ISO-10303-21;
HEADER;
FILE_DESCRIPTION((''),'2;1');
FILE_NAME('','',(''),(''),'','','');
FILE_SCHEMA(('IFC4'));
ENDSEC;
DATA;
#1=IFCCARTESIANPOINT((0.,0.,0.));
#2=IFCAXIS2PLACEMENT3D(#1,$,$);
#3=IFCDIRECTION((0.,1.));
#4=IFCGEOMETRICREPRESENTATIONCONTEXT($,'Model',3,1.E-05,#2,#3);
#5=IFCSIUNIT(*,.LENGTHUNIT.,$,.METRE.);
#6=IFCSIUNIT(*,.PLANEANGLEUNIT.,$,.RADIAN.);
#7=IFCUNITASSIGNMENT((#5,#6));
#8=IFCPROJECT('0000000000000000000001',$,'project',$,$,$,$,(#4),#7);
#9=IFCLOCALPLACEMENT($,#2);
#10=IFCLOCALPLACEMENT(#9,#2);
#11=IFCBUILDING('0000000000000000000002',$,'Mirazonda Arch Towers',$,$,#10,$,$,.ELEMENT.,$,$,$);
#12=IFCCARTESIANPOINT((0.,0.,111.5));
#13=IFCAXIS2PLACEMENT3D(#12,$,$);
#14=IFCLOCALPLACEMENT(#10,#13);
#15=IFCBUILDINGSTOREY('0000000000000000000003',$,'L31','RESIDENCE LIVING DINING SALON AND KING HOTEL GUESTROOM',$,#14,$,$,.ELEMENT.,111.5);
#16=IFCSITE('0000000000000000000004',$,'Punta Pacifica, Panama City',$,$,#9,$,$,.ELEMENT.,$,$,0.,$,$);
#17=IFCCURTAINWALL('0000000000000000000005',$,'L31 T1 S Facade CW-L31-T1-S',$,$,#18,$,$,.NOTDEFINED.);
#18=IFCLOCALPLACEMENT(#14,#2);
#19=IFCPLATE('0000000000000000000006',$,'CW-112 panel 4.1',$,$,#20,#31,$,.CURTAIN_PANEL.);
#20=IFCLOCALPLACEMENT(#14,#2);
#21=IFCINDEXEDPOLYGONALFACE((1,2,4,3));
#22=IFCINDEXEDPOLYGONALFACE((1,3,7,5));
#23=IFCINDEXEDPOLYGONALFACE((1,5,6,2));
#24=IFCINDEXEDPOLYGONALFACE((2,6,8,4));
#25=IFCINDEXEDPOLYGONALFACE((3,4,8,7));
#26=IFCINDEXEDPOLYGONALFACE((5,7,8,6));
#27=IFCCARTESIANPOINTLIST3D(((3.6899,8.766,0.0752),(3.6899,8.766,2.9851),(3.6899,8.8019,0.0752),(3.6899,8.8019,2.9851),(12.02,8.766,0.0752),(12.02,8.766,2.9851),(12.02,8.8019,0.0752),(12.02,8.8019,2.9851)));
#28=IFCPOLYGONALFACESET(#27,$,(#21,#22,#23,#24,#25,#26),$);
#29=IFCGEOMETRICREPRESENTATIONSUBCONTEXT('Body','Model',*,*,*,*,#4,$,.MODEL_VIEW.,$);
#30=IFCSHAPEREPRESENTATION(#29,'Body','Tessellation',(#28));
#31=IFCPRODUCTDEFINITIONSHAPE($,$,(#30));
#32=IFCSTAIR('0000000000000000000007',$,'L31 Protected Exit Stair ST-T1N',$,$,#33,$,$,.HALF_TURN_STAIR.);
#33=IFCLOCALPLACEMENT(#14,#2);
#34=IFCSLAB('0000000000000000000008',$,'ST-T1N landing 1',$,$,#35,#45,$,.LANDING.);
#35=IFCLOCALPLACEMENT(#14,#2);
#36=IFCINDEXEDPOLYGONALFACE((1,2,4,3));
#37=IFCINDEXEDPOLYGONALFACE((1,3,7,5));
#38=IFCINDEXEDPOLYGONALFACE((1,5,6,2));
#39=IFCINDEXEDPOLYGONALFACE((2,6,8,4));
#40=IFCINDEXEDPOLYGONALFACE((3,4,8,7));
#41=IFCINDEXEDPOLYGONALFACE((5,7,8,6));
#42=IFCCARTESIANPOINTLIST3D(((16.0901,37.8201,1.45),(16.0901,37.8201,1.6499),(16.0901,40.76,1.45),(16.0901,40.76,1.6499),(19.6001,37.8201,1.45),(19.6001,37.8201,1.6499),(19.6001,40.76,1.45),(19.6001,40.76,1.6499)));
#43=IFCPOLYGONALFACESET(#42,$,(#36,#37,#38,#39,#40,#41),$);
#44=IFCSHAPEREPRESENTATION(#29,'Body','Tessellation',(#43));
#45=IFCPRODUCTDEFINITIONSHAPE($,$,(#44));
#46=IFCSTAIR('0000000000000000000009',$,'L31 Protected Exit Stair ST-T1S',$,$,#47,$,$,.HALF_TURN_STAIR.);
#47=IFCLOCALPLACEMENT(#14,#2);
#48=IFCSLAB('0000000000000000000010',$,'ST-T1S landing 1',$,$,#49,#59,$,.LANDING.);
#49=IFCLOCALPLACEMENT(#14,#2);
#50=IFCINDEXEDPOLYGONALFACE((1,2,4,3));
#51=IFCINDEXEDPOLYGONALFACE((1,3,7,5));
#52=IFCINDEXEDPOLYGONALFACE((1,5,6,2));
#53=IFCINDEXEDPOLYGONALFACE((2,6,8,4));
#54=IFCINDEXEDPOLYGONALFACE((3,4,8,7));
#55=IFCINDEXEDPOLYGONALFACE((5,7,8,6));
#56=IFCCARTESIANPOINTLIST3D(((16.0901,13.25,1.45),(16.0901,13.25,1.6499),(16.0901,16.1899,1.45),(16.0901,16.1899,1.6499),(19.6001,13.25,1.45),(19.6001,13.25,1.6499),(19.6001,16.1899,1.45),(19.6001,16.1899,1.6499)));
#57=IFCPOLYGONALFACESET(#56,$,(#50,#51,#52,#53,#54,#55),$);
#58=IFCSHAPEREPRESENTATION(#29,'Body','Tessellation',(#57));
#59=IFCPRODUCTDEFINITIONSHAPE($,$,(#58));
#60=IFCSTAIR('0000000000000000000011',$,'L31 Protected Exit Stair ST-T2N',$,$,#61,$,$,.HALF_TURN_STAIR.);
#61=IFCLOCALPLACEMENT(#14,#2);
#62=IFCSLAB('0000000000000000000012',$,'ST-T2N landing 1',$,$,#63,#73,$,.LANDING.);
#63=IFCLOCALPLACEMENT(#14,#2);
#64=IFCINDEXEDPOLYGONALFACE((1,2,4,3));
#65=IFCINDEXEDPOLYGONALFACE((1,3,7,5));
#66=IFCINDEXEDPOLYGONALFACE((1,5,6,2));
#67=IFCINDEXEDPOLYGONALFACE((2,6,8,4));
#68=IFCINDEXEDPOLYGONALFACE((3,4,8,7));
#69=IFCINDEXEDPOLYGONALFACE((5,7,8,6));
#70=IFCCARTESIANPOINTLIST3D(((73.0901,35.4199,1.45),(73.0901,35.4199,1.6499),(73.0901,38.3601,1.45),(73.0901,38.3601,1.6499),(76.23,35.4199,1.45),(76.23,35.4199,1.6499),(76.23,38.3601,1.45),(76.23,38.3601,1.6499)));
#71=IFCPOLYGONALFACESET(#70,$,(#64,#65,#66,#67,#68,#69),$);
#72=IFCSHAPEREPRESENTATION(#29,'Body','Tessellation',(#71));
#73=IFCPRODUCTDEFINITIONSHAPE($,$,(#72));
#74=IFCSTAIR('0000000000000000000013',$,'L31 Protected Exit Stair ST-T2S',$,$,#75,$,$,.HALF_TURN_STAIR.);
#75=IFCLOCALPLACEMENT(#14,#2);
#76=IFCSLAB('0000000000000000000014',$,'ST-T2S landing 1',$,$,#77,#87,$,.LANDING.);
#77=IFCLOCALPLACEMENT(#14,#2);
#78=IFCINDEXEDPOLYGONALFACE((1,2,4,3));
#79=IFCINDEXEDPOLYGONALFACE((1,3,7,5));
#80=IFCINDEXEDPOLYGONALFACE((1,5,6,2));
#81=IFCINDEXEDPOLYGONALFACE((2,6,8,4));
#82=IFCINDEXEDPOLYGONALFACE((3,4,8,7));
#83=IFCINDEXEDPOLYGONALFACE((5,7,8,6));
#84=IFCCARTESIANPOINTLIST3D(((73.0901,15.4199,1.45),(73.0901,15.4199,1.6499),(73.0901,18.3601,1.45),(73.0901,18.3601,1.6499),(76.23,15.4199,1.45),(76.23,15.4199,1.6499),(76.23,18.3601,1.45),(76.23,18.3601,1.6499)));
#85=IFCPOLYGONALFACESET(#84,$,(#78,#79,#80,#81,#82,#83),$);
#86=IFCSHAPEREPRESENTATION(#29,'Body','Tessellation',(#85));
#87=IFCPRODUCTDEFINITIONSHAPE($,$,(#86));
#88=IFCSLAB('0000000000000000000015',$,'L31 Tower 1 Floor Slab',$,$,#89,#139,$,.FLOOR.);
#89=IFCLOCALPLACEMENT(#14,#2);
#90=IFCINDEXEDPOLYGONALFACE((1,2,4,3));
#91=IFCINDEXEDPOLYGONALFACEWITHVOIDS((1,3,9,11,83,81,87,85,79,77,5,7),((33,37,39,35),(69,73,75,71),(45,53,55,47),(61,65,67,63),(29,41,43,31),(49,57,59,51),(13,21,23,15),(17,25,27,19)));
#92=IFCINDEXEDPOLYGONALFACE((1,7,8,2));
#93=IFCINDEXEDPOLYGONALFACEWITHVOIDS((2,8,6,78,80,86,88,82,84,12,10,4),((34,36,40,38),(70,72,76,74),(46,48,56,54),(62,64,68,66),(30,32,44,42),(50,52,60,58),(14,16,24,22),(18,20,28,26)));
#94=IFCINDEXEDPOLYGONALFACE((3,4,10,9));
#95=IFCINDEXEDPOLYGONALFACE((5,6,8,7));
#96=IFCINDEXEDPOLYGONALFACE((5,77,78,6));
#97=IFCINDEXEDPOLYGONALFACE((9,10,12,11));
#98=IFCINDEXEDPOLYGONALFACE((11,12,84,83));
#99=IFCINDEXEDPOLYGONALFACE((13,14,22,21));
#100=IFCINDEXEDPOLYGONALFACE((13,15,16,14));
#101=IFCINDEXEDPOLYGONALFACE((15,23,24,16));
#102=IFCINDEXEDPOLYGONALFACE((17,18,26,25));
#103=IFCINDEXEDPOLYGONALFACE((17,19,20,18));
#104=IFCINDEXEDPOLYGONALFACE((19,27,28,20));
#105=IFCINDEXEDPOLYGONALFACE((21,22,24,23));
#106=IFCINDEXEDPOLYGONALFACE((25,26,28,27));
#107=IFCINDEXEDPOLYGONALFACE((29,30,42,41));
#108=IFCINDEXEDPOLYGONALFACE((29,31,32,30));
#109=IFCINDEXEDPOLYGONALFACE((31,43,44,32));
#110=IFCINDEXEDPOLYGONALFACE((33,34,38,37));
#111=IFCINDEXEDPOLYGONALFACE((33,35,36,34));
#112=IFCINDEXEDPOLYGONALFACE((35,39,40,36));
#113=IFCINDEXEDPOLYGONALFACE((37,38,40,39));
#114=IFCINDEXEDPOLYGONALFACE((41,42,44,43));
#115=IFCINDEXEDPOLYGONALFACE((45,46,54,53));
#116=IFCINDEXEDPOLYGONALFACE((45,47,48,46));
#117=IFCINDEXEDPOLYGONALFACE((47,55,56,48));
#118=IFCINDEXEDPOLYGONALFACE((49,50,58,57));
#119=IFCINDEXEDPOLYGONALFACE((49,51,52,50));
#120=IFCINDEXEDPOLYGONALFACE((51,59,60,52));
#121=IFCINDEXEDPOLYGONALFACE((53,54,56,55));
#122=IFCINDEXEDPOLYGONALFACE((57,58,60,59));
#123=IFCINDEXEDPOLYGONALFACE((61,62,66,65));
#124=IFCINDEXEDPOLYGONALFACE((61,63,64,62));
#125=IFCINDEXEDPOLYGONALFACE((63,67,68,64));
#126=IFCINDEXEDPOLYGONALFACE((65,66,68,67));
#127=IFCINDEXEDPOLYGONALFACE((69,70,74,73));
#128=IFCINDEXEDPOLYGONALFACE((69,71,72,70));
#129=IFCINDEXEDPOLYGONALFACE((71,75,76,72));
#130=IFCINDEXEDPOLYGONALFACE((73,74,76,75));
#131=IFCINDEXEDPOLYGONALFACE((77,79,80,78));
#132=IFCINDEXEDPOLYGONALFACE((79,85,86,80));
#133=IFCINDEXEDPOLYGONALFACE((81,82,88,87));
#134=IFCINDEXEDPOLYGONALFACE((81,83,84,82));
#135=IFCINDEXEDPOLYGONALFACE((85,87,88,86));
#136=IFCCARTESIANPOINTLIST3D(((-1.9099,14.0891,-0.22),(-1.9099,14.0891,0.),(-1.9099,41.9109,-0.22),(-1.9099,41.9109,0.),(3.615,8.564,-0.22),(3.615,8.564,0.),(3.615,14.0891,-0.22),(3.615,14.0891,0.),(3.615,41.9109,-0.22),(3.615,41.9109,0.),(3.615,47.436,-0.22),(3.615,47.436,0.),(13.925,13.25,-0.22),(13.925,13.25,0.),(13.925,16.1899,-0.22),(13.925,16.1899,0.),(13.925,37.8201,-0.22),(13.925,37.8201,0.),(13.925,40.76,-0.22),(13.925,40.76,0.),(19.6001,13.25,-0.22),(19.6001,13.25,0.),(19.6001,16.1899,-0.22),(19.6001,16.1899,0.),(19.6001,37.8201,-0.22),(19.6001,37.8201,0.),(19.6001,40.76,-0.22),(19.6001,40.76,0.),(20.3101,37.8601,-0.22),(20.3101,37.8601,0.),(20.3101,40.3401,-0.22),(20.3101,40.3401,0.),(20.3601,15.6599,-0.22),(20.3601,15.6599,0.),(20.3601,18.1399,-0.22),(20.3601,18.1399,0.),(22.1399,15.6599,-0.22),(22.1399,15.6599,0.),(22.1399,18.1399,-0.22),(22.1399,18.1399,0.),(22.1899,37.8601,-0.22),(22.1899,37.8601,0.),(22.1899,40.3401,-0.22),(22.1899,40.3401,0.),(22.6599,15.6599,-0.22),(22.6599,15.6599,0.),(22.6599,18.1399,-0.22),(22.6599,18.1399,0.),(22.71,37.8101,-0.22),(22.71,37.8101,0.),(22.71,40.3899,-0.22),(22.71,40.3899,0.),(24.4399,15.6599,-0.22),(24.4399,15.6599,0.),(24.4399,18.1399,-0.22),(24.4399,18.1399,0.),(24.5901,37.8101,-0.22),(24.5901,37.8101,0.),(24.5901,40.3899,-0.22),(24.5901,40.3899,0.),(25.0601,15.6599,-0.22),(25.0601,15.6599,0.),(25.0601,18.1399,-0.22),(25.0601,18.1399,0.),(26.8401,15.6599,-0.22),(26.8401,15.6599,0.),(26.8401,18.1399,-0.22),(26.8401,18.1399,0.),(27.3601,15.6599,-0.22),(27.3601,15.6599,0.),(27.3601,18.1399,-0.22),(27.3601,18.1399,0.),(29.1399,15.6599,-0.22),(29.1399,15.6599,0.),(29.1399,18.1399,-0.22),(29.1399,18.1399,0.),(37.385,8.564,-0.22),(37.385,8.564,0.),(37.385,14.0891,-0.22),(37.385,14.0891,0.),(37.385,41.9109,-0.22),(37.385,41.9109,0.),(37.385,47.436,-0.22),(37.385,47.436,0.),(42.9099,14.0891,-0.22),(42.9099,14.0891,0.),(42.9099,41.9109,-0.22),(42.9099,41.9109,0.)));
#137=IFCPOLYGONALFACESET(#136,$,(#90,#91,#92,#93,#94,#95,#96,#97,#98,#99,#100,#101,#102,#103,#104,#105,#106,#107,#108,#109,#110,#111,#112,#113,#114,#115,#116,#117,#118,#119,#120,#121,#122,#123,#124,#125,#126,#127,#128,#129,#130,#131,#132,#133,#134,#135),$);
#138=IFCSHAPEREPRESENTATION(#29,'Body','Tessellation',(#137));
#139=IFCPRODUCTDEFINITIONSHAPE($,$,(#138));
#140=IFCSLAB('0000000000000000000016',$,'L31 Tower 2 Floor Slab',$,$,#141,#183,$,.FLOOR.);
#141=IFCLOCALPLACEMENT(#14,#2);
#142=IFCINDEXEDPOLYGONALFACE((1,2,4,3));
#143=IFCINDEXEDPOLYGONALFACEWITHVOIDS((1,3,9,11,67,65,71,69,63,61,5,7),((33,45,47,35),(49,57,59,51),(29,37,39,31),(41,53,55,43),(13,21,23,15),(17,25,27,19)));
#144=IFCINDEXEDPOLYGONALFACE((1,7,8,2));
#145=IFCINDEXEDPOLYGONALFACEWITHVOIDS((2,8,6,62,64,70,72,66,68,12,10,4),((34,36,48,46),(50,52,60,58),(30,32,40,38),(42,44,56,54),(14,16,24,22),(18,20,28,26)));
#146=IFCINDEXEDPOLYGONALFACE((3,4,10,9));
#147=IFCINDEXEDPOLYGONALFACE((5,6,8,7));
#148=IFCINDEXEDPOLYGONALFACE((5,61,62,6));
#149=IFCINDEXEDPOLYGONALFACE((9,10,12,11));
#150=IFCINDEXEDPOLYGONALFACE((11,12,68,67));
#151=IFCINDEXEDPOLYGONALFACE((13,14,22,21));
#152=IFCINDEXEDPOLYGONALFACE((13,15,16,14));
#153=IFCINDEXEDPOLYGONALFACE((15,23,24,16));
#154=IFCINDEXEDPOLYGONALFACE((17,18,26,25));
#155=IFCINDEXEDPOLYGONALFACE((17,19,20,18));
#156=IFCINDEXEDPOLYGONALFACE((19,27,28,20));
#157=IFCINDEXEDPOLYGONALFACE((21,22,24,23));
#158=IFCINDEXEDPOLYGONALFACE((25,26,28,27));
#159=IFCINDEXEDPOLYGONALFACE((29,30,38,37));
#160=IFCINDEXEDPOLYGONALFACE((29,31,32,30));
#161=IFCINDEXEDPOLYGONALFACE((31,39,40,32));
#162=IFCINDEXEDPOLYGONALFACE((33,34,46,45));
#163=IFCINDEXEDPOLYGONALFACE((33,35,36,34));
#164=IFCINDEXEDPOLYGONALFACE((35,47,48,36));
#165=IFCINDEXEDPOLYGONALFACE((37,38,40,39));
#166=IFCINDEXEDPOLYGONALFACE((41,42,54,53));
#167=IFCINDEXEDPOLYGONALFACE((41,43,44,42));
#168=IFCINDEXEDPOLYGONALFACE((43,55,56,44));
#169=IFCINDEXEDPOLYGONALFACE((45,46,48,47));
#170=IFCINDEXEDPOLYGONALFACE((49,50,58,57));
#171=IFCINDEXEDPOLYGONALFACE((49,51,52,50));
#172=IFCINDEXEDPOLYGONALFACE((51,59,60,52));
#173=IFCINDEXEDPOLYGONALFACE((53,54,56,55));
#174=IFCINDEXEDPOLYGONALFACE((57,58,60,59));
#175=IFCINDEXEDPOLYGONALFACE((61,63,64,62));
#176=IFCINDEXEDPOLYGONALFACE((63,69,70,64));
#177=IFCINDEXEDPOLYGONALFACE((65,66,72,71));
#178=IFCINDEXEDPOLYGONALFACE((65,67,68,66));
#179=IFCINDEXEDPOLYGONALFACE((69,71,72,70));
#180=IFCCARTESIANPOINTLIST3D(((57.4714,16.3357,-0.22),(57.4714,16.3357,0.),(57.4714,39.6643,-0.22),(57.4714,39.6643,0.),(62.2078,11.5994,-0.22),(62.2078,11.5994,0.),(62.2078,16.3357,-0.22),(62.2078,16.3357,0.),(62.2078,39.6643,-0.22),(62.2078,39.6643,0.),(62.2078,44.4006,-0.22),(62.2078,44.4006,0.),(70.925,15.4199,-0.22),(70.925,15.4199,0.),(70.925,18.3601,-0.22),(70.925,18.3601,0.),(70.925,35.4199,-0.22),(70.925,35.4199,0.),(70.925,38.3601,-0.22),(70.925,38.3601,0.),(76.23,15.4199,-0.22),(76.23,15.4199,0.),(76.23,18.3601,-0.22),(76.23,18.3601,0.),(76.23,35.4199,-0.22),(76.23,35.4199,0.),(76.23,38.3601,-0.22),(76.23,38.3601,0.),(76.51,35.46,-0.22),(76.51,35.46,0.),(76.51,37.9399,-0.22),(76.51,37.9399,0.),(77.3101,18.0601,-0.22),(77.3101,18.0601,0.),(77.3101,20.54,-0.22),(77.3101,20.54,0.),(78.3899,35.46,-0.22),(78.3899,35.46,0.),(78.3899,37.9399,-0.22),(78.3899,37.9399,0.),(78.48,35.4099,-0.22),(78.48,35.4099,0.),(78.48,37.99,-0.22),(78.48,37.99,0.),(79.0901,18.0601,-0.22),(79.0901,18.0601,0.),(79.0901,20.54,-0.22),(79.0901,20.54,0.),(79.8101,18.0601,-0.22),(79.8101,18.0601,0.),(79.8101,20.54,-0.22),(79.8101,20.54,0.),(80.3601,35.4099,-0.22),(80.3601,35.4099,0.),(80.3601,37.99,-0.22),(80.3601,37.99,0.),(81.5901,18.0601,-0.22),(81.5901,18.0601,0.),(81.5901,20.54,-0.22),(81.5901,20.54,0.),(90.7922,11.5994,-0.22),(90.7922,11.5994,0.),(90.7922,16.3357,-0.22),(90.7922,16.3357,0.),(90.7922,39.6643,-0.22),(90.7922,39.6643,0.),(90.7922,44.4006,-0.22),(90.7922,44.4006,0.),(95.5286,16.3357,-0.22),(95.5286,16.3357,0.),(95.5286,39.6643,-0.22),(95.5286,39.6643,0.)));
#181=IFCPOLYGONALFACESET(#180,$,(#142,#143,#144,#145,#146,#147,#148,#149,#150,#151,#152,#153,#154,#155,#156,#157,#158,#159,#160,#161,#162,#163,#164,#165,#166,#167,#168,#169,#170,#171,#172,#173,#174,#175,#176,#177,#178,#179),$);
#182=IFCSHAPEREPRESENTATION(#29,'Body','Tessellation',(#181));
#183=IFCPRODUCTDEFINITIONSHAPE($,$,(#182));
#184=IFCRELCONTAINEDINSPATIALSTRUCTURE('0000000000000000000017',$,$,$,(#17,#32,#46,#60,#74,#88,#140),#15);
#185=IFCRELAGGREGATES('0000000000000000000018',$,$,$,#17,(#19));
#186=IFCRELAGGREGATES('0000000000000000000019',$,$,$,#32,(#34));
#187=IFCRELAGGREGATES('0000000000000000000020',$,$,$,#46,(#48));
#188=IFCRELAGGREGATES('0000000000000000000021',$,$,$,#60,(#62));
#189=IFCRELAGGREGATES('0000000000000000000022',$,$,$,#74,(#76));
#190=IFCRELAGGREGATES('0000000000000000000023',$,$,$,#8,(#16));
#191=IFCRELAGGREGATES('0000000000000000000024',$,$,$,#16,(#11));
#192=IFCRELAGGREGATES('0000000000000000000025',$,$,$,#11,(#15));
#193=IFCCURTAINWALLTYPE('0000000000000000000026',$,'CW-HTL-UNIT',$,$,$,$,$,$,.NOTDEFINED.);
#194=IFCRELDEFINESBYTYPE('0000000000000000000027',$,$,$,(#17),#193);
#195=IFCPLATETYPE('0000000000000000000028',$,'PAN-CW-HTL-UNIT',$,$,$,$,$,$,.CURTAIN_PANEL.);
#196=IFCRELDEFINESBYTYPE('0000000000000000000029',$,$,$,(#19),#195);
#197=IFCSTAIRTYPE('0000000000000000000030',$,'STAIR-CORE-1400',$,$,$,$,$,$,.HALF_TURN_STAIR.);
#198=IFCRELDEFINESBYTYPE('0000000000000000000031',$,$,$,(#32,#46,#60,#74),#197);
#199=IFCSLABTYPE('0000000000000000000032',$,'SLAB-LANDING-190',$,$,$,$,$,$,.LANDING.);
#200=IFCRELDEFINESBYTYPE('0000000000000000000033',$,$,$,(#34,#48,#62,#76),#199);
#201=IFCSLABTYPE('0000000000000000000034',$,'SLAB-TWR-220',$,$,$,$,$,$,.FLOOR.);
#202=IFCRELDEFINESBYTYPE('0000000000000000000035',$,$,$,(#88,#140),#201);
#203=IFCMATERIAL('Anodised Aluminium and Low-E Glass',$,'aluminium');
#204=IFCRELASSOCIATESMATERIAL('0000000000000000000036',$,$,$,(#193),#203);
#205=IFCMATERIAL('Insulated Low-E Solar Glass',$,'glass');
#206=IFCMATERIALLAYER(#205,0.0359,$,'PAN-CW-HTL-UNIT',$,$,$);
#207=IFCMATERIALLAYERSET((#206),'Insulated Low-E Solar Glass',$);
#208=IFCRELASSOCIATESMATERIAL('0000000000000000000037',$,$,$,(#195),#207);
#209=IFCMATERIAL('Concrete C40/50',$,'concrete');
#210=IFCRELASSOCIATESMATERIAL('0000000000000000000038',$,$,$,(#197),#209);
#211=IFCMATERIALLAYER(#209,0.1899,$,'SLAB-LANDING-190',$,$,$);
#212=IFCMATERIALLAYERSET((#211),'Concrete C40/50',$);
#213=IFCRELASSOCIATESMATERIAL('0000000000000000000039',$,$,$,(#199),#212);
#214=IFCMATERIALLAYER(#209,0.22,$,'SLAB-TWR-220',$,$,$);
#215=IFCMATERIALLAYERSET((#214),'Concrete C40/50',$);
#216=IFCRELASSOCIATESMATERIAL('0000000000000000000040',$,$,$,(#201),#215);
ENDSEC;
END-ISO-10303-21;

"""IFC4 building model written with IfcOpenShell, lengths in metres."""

from ifc_helpers import new_model, si_unit, direction, frame, origin, origin_2d, place, context, subcontext, project, spatial, polyline, rectangle, outline, extrude, material, layer, layer_set, type_object, element, aggregate, save


model = new_model("IFC4")

# Units and contexts
model_context = context("Model", 3, precision=1e-05, world=origin(), true_north=direction((0.0, 1.0)))
body_context = subcontext(model_context, "Body", "Model", "MODEL_VIEW")
ifc_project = project(units=[si_unit("LENGTHUNIT", "METRE"), si_unit("PLANEANGLEUNIT", "RADIAN")], contexts=[model_context])

# Site, building, storey
site_placement = place(None, origin())
site = spatial("IfcSite", under=ifc_project, at=site_placement, Name="Punta Pacifica, Panama City", CompositionType="ELEMENT", RefElevation=0.0)
building_placement = place(site_placement, origin())
building = spatial("IfcBuilding", under=site, at=building_placement, Name="Mirazonda Arch Towers", CompositionType="ELEMENT")
storey_placement = place(building_placement, frame((0.0, 0.0, 111.5)))
storey = spatial("IfcBuildingStorey", under=building, at=storey_placement, Name="L31", Description="RESIDENCE LIVING DINING SALON AND KING HOTEL GUESTROOM", CompositionType="ELEMENT", Elevation=111.5)

# Curtain wall
ifc_material_1 = material(Name="Anodised Aluminium and Low-E Glass", Category="aluminium")
curtain_wall_type = type_object("IfcCurtainWallType", Name="CW-HTL-UNIT", PredefinedType="NOTDEFINED", material=ifc_material_1)
curtain_wall_1_placement = place(storey_placement, origin())
curtain_wall_1 = element("IfcCurtainWall", 1, at=curtain_wall_1_placement, inside=storey, type_object=curtain_wall_type, Name="L31 T1 S Facade CW-L31-T1-S", PredefinedType="NOTDEFINED")

# Plate
ifc_material_2 = material(Name="Insulated Low-E Solar Glass", Category="glass")
ifc_layer_1 = layer(ifc_material_2, 0.0359, Name="PAN-CW-HTL-UNIT")
ifc_layer_set_1 = layer_set([ifc_layer_1], Name="Insulated Low-E Solar Glass")
plate_type = type_object("IfcPlateType", Name="PAN-CW-HTL-UNIT", PredefinedType="CURTAIN_PANEL", material=ifc_layer_set_1)
plate_placement = place(storey_placement, frame((7.855, 8.7839, 0.0752), z_axis=(0.0, 0.0, 1.0), x_axis=(-1.0, 0.0, 0.0)))
plate = element("IfcPlate", 2, at=plate_placement, type_object=plate_type, Name="CW-112 panel 4.1", PredefinedType="CURTAIN_PANEL", context=body_context, shape_type="SweptSolid", body=[
    extrude(rectangle(XDim=8.3301, YDim=0.0359, at=origin_2d()), origin(), (0.0, 0.0, 1.0), 2.9099),
])
aggregate(curtain_wall_1, [plate])

# Stairs, slabs
ifc_material_3 = material(Name="Concrete C40/50", Category="concrete")
stair_type = type_object("IfcStairType", Name="STAIR-CORE-1400", PredefinedType="HALF_TURN_STAIR", material=ifc_material_3)
stair_1_placement = place(storey_placement, origin())
stair_1 = element("IfcStair", 3, at=stair_1_placement, inside=storey, type_object=stair_type, Name="L31 Protected Exit Stair ST-T1N", PredefinedType="HALF_TURN_STAIR")
ifc_layer_2 = layer(ifc_material_3, 0.1899, Name="SLAB-LANDING-190")
ifc_layer_set_2 = layer_set([ifc_layer_2], Name="Concrete C40/50")
slab_type_1 = type_object("IfcSlabType", Name="SLAB-LANDING-190", PredefinedType="LANDING", material=ifc_layer_set_2)
slab_1_placement = place(storey_placement, frame((0.0, 0.0, 1.45)))
slab_1 = element("IfcSlab", 4, at=slab_1_placement, type_object=slab_type_1, Name="ST-T1N landing 1", PredefinedType="LANDING", context=body_context, shape_type="SweptSolid", body=[
    extrude(outline(polyline([(16.0901, 37.8201), (19.6001, 37.8201), (19.6001, 40.76), (16.0901, 40.76), (16.0901, 37.8201)])), origin(), (0.0, 0.0, 1.0), 0.2),
])
aggregate(stair_1, [slab_1])
stair_2_placement = place(storey_placement, origin())
stair_2 = element("IfcStair", 5, at=stair_2_placement, inside=storey, type_object=stair_type, Name="L31 Protected Exit Stair ST-T1S", PredefinedType="HALF_TURN_STAIR")
slab_2_placement = place(storey_placement, frame((0.0, 0.0, 1.45)))
slab_2 = element("IfcSlab", 6, at=slab_2_placement, type_object=slab_type_1, Name="ST-T1S landing 1", PredefinedType="LANDING", context=body_context, shape_type="SweptSolid", body=[
    extrude(outline(polyline([(16.0901, 13.25), (19.6001, 13.25), (19.6001, 16.1899), (16.0901, 16.1899), (16.0901, 13.25)])), origin(), (0.0, 0.0, 1.0), 0.2),
])
aggregate(stair_2, [slab_2])
stair_3_placement = place(storey_placement, origin())
stair_3 = element("IfcStair", 7, at=stair_3_placement, inside=storey, type_object=stair_type, Name="L31 Protected Exit Stair ST-T2N", PredefinedType="HALF_TURN_STAIR")
slab_3_placement = place(storey_placement, frame((0.0, 0.0, 1.45)))
slab_3 = element("IfcSlab", 8, at=slab_3_placement, type_object=slab_type_1, Name="ST-T2N landing 1", PredefinedType="LANDING", context=body_context, shape_type="SweptSolid", body=[
    extrude(outline(polyline([(73.0901, 35.4199), (76.23, 35.4199), (76.23, 38.3601), (73.0901, 38.3601), (73.0901, 35.4199)])), origin(), (0.0, 0.0, 1.0), 0.2),
])
aggregate(stair_3, [slab_3])
stair_4_placement = place(storey_placement, origin())
stair_4 = element("IfcStair", 9, at=stair_4_placement, inside=storey, type_object=stair_type, Name="L31 Protected Exit Stair ST-T2S", PredefinedType="HALF_TURN_STAIR")
slab_4_placement = place(storey_placement, frame((0.0, 0.0, 1.45)))
slab_4 = element("IfcSlab", 10, at=slab_4_placement, type_object=slab_type_1, Name="ST-T2S landing 1", PredefinedType="LANDING", context=body_context, shape_type="SweptSolid", body=[
    extrude(outline(polyline([(73.0901, 15.4199), (76.23, 15.4199), (76.23, 18.3601), (73.0901, 18.3601), (73.0901, 15.4199)])), origin(), (0.0, 0.0, 1.0), 0.2),
])
aggregate(stair_4, [slab_4])

# Slabs
ifc_layer_3 = layer(ifc_material_3, 0.22, Name="SLAB-TWR-220")
ifc_layer_set_3 = layer_set([ifc_layer_3], Name="Concrete C40/50")
slab_type_2 = type_object("IfcSlabType", Name="SLAB-TWR-220", PredefinedType="FLOOR", material=ifc_layer_set_3)
slab_5_placement = place(storey_placement, frame((0.0, 0.0, -0.22)))
element("IfcSlab", 11, at=slab_5_placement, inside=storey, type_object=slab_type_2, Name="L31 Tower 1 Floor Slab", PredefinedType="FLOOR", context=body_context, shape_type="SweptSolid", body=[
    extrude(outline(polyline([(3.615, 8.564), (37.385, 8.564), (37.385, 14.0891), (42.9099, 14.0891), (42.9099, 41.9109), (37.385, 41.9109), (37.385, 47.436), (3.615, 47.436), (3.615, 41.9109), (-1.9099, 41.9109), (-1.9099, 14.0891), (3.615, 14.0891), (3.615, 8.564)]), holes=[polyline([(27.3601, 18.1399), (29.1399, 18.1399), (29.1399, 15.6599), (27.3601, 15.6599), (27.3601, 18.1399)]), polyline([(25.0601, 18.1399), (26.8401, 18.1399), (26.8401, 15.6599), (25.0601, 15.6599), (25.0601, 18.1399)]), polyline([(22.71, 40.3899), (24.5901, 40.3899), (24.5901, 37.8101), (22.71, 37.8101), (22.71, 40.3899)]), polyline([(22.6599, 18.1399), (24.4399, 18.1399), (24.4399, 15.6599), (22.6599, 15.6599), (22.6599, 18.1399)]), polyline([(20.3101, 40.3401), (22.1899, 40.3401), (22.1899, 37.8601), (20.3101, 37.8601), (20.3101, 40.3401)]), polyline([(20.3601, 18.1399), (22.1399, 18.1399), (22.1399, 15.6599), (20.3601, 15.6599), (20.3601, 18.1399)]), polyline([(13.925, 13.25), (13.925, 16.1899), (19.6001, 16.1899), (19.6001, 13.25), (13.925, 13.25)]), polyline([(13.925, 37.8201), (13.925, 40.76), (19.6001, 40.76), (19.6001, 37.8201), (13.925, 37.8201)])]), origin(), (0.0, 0.0, 1.0), 0.22),
])
slab_6_placement = place(storey_placement, frame((0.0, 0.0, -0.22)))
element("IfcSlab", 12, at=slab_6_placement, inside=storey, type_object=slab_type_2, Name="L31 Tower 2 Floor Slab", PredefinedType="FLOOR", context=body_context, shape_type="SweptSolid", body=[
    extrude(outline(polyline([(62.2078, 11.5994), (90.7922, 11.5994), (90.7922, 16.3357), (95.5286, 16.3357), (95.5286, 39.6643), (90.7922, 39.6643), (90.7922, 44.4006), (62.2078, 44.4006), (62.2078, 39.6643), (57.4714, 39.6643), (57.4714, 16.3357), (62.2078, 16.3357), (62.2078, 11.5994)]), holes=[polyline([(79.8101, 20.54), (81.5901, 20.54), (81.5901, 18.0601), (79.8101, 18.0601), (79.8101, 20.54)]), polyline([(78.48, 37.99), (80.3601, 37.99), (80.3601, 35.4099), (78.48, 35.4099), (78.48, 37.99)]), polyline([(77.3101, 20.54), (79.0901, 20.54), (79.0901, 18.0601), (77.3101, 18.0601), (77.3101, 20.54)]), polyline([(76.51, 35.46), (76.51, 37.9399), (78.3899, 37.9399), (78.3899, 35.46), (76.51, 35.46)]), polyline([(76.23, 15.4199), (70.925, 15.4199), (70.925, 18.3601), (76.23, 18.3601), (76.23, 15.4199)]), polyline([(70.925, 35.4199), (70.925, 38.3601), (76.23, 38.3601), (76.23, 35.4199), (70.925, 35.4199)])]), origin(), (0.0, 0.0, 1.0), 0.22),
])

save(model, "model.ifc")
